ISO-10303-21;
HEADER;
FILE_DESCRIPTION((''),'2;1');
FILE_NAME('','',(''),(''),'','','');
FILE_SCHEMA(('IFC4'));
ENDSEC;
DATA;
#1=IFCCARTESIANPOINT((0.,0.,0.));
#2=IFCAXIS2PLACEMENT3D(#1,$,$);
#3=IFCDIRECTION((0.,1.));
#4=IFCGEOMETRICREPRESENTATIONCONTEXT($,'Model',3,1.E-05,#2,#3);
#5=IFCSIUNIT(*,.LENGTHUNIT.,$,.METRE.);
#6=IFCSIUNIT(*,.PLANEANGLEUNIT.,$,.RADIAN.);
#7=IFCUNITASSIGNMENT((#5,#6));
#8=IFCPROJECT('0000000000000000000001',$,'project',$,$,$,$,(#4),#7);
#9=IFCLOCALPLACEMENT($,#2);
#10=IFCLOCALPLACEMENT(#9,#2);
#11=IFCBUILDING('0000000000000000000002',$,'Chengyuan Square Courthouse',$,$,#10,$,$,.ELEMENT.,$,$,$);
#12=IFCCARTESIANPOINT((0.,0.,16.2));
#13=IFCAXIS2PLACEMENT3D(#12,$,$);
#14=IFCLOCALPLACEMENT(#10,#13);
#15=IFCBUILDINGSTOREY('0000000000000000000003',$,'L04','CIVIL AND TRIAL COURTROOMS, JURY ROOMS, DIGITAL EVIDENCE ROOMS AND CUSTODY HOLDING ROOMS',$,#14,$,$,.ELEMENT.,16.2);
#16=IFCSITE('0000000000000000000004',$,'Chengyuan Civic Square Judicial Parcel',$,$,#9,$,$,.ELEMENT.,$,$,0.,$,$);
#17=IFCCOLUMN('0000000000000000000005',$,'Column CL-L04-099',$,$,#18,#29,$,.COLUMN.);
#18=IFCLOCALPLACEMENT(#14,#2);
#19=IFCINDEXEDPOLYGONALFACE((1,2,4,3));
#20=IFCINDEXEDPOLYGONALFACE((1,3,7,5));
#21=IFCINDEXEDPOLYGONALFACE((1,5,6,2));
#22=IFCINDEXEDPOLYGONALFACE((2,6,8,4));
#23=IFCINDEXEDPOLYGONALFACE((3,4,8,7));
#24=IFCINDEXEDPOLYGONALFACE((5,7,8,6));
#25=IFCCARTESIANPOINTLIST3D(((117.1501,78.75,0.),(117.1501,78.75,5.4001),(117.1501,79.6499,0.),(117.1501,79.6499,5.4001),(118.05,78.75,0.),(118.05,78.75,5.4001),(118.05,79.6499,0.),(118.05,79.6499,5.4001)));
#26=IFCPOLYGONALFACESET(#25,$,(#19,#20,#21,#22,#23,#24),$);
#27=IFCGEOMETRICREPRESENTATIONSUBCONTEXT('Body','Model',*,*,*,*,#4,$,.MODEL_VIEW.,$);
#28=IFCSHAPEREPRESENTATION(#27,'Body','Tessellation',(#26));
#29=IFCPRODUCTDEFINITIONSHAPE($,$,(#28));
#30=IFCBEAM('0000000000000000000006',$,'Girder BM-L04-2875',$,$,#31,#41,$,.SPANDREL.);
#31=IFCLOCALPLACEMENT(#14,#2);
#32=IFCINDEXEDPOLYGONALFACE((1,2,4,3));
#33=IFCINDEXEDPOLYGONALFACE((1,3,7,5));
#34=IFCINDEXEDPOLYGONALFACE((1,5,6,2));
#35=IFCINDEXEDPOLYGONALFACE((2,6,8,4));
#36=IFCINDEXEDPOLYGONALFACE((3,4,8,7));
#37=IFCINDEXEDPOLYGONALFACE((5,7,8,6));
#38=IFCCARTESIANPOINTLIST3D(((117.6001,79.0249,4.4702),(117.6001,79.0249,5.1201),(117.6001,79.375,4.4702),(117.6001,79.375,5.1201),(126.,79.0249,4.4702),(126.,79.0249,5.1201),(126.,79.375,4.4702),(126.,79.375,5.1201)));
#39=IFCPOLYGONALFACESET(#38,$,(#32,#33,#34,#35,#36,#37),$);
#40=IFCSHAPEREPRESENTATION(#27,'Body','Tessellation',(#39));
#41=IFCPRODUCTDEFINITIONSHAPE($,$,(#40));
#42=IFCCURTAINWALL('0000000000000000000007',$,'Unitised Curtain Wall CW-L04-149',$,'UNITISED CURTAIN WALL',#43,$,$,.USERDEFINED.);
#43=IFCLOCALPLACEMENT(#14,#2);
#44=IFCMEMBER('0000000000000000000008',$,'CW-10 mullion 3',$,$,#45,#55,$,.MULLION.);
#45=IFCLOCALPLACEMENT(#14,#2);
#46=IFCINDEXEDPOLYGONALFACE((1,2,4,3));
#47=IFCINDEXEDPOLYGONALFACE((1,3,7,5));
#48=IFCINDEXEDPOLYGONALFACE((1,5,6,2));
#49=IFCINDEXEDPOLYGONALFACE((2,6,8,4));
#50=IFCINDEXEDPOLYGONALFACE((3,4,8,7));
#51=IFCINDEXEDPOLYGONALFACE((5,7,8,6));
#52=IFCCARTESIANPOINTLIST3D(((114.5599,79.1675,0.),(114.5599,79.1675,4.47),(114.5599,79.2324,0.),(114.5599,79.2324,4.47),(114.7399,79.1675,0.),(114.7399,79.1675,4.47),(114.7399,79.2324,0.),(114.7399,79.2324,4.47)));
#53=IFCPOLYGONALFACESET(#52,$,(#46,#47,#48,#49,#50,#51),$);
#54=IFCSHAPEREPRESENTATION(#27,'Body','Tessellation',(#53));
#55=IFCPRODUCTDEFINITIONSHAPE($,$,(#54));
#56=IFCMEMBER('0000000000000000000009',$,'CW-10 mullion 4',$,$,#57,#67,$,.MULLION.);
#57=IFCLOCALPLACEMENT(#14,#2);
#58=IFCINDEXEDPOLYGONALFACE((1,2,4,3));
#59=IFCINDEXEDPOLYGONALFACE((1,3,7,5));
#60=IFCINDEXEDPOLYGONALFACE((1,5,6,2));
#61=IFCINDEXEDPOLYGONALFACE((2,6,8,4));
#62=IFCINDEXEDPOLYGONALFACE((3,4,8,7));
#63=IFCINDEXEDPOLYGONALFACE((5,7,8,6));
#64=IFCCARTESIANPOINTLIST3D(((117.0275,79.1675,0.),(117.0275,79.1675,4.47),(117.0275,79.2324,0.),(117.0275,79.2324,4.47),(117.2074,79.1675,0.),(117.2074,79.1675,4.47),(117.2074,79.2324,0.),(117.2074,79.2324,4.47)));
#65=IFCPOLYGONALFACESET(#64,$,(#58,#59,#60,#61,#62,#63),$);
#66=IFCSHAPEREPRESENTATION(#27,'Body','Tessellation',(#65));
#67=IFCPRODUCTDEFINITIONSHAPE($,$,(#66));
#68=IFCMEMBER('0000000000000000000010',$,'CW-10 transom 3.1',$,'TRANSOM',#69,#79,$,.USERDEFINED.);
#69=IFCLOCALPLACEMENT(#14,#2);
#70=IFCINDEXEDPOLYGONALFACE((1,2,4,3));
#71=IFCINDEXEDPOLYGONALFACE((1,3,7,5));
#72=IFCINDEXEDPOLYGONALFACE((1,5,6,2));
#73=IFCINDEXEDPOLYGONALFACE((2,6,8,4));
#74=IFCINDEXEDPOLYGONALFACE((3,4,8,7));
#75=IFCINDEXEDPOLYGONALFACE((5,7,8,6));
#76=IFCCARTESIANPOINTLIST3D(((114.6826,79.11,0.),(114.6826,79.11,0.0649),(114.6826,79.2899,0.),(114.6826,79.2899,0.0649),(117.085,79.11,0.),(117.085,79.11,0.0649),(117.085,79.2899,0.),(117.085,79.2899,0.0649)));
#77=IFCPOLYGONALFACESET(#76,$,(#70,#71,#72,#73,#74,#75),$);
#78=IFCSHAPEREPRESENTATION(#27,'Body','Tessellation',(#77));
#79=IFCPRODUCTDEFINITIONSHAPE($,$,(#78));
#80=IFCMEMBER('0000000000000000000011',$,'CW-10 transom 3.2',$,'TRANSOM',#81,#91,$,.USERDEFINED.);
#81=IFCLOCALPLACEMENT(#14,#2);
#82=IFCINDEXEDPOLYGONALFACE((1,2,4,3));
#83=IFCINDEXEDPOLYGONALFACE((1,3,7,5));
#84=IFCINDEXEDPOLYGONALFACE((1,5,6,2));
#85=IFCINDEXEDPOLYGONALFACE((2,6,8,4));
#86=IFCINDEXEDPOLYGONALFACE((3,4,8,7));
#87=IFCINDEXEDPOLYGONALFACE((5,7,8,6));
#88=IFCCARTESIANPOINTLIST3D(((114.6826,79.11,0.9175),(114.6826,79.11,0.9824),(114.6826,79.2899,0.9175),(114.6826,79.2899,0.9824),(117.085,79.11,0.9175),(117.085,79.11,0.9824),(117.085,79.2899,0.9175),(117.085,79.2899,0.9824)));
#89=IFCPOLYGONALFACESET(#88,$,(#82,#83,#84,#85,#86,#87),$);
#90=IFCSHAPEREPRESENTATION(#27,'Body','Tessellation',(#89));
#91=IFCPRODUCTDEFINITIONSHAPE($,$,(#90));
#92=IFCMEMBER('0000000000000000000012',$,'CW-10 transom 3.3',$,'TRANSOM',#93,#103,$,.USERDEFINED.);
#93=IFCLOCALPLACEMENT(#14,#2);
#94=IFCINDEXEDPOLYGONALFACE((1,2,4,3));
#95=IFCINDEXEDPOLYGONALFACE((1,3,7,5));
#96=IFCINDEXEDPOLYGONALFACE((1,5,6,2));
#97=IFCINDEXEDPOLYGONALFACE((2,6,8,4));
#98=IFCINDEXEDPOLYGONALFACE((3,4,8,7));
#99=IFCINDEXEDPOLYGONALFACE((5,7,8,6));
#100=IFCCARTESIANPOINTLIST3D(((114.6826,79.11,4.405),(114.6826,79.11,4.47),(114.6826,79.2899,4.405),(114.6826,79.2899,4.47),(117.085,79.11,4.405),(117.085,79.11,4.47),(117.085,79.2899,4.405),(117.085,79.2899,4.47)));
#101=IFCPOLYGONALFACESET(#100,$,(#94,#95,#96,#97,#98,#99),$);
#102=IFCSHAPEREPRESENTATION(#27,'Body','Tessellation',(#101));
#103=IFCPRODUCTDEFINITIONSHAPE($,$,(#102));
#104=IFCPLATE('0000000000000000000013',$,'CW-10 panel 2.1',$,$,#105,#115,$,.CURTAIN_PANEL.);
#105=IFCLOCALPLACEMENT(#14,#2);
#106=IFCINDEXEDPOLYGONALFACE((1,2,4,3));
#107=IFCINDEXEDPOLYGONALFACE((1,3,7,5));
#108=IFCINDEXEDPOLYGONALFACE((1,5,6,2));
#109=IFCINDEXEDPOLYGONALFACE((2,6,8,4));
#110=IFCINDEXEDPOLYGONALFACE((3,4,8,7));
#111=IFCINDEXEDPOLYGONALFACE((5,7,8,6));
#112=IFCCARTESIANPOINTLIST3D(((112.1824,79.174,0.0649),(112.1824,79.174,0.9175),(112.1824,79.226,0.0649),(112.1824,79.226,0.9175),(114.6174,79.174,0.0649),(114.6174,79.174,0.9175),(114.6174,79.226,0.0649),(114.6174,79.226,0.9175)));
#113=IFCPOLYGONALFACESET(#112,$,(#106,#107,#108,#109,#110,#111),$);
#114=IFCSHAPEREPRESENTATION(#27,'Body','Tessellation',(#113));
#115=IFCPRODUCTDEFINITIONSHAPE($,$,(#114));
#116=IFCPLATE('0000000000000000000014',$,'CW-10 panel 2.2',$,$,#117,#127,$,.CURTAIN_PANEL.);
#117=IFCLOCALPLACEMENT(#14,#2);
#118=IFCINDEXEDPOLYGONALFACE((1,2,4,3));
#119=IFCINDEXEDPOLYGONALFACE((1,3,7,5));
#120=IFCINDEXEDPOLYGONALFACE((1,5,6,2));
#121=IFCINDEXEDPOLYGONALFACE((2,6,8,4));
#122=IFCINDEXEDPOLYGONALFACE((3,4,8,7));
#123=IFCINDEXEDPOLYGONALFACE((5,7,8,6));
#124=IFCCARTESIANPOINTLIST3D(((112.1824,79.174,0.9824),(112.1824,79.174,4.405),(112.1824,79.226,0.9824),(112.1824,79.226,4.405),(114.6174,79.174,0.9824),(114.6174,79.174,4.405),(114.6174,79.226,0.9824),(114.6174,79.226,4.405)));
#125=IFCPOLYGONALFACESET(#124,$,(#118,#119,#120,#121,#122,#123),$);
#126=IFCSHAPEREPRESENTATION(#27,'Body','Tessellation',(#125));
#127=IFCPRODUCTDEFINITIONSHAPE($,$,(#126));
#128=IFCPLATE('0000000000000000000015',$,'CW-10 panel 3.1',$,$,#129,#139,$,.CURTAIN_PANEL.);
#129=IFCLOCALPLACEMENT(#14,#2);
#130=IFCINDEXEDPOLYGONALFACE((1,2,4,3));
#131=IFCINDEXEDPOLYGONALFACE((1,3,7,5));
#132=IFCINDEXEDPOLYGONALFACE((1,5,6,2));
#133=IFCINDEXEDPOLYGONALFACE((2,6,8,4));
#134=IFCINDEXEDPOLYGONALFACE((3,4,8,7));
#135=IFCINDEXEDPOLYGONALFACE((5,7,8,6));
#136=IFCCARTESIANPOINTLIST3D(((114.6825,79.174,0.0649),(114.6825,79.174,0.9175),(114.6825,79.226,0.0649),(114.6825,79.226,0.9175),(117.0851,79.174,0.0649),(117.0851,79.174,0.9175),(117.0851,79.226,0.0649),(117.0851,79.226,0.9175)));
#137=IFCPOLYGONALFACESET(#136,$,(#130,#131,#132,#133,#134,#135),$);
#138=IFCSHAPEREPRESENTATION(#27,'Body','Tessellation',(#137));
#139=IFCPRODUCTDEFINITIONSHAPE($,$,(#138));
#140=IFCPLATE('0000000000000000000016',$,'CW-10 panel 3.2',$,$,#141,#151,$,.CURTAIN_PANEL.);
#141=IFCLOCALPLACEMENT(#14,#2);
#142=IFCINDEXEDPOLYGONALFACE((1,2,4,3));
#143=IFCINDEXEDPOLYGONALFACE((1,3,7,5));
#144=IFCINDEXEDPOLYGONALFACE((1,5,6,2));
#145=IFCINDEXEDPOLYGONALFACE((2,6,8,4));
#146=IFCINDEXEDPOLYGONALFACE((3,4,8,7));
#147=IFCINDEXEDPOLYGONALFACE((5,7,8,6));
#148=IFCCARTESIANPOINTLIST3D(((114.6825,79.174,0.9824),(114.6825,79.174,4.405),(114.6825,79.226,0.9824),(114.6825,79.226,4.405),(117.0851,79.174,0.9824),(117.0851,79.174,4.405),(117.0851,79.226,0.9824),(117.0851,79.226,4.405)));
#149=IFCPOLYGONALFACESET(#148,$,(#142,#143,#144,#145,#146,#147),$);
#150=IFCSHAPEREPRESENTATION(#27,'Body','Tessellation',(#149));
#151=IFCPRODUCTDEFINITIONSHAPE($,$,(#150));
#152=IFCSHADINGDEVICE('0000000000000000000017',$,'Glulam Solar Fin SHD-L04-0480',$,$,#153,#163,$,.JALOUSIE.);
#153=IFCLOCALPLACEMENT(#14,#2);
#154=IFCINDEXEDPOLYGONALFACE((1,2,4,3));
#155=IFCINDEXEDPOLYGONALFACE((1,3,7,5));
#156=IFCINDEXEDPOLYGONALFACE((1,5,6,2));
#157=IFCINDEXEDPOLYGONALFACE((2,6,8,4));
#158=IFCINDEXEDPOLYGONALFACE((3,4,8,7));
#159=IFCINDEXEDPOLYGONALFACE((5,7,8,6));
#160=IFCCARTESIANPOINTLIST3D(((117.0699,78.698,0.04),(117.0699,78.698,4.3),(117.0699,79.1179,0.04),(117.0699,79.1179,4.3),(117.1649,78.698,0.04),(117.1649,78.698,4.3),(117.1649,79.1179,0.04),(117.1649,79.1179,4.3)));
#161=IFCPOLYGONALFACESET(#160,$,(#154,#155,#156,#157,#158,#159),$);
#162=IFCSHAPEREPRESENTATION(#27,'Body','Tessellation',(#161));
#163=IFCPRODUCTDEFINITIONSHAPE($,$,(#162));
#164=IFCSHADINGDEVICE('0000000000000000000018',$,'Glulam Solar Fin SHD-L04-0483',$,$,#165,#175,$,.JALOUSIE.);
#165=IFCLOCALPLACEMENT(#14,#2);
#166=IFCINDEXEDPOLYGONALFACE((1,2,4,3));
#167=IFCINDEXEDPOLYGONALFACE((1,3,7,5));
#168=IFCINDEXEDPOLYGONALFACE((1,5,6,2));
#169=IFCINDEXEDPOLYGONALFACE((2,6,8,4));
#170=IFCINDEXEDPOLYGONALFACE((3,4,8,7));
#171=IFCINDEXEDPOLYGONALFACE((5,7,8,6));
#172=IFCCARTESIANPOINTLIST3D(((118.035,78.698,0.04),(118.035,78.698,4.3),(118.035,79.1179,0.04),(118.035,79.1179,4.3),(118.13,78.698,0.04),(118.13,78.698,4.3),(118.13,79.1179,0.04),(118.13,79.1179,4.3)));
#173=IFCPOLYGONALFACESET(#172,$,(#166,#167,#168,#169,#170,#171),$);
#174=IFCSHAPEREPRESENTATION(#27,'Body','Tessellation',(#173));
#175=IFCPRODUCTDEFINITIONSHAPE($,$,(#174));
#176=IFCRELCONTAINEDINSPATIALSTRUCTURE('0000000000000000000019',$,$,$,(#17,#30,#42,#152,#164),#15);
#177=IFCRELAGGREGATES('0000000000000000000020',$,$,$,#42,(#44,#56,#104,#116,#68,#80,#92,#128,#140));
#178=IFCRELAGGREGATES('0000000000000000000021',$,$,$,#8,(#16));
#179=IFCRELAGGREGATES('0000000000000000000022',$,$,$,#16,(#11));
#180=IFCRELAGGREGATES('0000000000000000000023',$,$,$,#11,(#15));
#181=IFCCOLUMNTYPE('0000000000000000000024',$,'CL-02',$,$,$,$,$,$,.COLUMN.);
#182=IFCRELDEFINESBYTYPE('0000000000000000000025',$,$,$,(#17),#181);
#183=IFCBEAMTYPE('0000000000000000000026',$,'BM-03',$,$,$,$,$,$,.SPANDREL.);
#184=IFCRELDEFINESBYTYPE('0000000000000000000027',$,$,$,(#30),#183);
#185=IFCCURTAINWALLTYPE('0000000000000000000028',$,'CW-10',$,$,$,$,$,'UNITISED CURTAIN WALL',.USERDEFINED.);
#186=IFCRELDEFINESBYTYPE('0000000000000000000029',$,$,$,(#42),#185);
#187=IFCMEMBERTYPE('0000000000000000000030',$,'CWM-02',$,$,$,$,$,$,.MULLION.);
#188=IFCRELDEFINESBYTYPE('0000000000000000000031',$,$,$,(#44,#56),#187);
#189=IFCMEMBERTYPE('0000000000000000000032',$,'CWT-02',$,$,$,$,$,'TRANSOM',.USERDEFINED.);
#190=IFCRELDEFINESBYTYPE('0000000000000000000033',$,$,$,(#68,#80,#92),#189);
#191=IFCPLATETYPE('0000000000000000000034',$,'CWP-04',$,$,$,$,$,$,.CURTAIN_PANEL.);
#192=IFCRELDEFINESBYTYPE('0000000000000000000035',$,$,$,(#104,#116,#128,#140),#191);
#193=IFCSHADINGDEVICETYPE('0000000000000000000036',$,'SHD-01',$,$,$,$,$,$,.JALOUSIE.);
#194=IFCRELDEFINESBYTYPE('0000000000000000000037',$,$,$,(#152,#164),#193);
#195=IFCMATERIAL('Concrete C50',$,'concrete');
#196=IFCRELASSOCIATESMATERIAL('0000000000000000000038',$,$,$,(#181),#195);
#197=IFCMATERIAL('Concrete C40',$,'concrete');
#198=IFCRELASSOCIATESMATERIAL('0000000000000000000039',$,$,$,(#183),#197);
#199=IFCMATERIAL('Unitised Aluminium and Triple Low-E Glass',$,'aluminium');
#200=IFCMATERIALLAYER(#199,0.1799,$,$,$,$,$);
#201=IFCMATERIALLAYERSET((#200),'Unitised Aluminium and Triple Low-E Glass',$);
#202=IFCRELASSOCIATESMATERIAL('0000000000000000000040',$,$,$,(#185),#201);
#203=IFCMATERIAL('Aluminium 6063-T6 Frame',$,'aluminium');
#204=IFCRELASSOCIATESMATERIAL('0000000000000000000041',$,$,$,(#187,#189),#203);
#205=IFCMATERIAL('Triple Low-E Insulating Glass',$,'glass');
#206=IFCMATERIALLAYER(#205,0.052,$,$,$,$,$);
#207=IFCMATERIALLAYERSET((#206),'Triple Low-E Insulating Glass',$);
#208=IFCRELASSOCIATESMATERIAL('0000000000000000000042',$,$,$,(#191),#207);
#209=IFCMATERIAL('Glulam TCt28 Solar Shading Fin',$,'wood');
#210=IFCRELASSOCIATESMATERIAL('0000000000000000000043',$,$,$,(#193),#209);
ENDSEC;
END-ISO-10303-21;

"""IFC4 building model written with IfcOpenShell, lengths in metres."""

from ifc_helpers import new_model, si_unit, direction, frame, origin, origin_2d, place, context, subcontext, project, spatial, rectangle, extrude, material, layer, layer_set, material_profile, profile_set, type_object, element, aggregate, save


model = new_model("IFC4")

# Units and contexts
model_context = context("Model", 3, precision=1e-05, world=origin(), true_north=direction((0.0, 1.0)))
body_context = subcontext(model_context, "Body", "Model", "MODEL_VIEW")
ifc_project = project(units=[si_unit("LENGTHUNIT", "METRE"), si_unit("PLANEANGLEUNIT", "RADIAN")], contexts=[model_context])

# Site, building, storey
site_placement = place(None, origin())
site = spatial("IfcSite", under=ifc_project, at=site_placement, Name="Chengyuan Civic Square Judicial Parcel", CompositionType="ELEMENT", RefElevation=0.0)
building_placement = place(site_placement, origin())
building = spatial("IfcBuilding", under=site, at=building_placement, Name="Chengyuan Square Courthouse", CompositionType="ELEMENT")
storey_placement = place(building_placement, frame((0.0, 0.0, 16.2)))
storey = spatial("IfcBuildingStorey", under=building, at=storey_placement, Name="L04", Description="CIVIL AND TRIAL COURTROOMS, JURY ROOMS, DIGITAL EVIDENCE ROOMS AND CUSTODY HOLDING ROOMS", CompositionType="ELEMENT", Elevation=16.2)

# Column
ifc_material_1 = material(Name="Concrete C50", Category="concrete")
ifc_material_profile_1 = material_profile(ifc_material_1, rectangle(XDim=0.8999, YDim=0.8999, at=origin_2d()), Name="RC-COL-900x900")
ifc_profile_set_1 = profile_set([ifc_material_profile_1], Name="Concrete C50")
column_type = type_object("IfcColumnType", Name="CL-02", PredefinedType="COLUMN", material=ifc_profile_set_1)
column_placement = place(storey_placement, frame((117.6001, 79.2, 0.0), z_axis=(0.0, 0.0, 1.0), x_axis=(1.0, 0.0, 0.0)))
element("IfcColumn", 1, at=column_placement, inside=storey, type_object=column_type, Name="Column CL-L04-099", PredefinedType="COLUMN", context=body_context, shape_type="SweptSolid", body=[
    extrude(rectangle(XDim=0.8999, YDim=0.8999, at=origin_2d()), origin(), (0.0, 0.0, 1.0), 5.4001),
])

# Beam
ifc_material_2 = material(Name="Concrete C40", Category="concrete")
ifc_material_profile_2 = material_profile(ifc_material_2, rectangle(XDim=0.3501, YDim=0.6499, at=origin_2d()), Name="RC-BM-350x650")
ifc_profile_set_2 = profile_set([ifc_material_profile_2], Name="Concrete C40")
beam_type = type_object("IfcBeamType", Name="BM-03", PredefinedType="SPANDREL", material=ifc_profile_set_2)
beam_placement = place(storey_placement, frame((117.6001, 79.2, 4.7952), z_axis=(1.0, 0.0, 0.0), x_axis=(0.0, 1.0, 0.0)))
element("IfcBeam", 2, at=beam_placement, inside=storey, type_object=beam_type, Name="Girder BM-L04-2875", PredefinedType="SPANDREL", context=body_context, shape_type="SweptSolid", body=[
    extrude(rectangle(XDim=0.3501, YDim=0.6499, at=origin_2d()), origin(), (0.0, 0.0, 1.0), 8.3999),
])

# Curtain wall, members, plates
ifc_material_3 = material(Name="Unitised Aluminium and Triple Low-E Glass", Category="aluminium")
ifc_layer_1 = layer(ifc_material_3, 0.1799)
ifc_layer_set_1 = layer_set([ifc_layer_1], Name="Unitised Aluminium and Triple Low-E Glass")
curtain_wall_type = type_object("IfcCurtainWallType", Name="CW-10", ElementType="UNITISED CURTAIN WALL", PredefinedType="USERDEFINED", material=ifc_layer_set_1)
curtain_wall_placement = place(storey_placement, origin())
curtain_wall = element("IfcCurtainWall", 3, at=curtain_wall_placement, inside=storey, type_object=curtain_wall_type, Name="Unitised Curtain Wall CW-L04-149", ObjectType="UNITISED CURTAIN WALL", PredefinedType="USERDEFINED")
ifc_material_4 = material(Name="Aluminium 6063-T6 Frame", Category="aluminium")
ifc_material_profile_3 = material_profile(ifc_material_4, rectangle(XDim=0.0649, YDim=0.1799, at=origin_2d()), Name="CW-MUL-65x180")
ifc_profile_set_3 = profile_set([ifc_material_profile_3], Name="Aluminium 6063-T6 Frame")
member_type_1 = type_object("IfcMemberType", Name="CWM-02", PredefinedType="MULLION", material=ifc_profile_set_3)
member_1_placement = place(storey_placement, frame((114.6499, 79.2, 0.0), z_axis=(0.0, 0.0, 1.0), x_axis=(0.0, 1.0, 0.0)))
member_1 = element("IfcMember", 4, at=member_1_placement, type_object=member_type_1, Name="CW-10 mullion 3", PredefinedType="MULLION", context=body_context, shape_type="SweptSolid", body=[
    extrude(rectangle(XDim=0.0649, YDim=0.1799, at=origin_2d()), origin(), (0.0, 0.0, 1.0), 4.47),
])
member_2_placement = place(storey_placement, frame((117.1174, 79.2, 0.0), z_axis=(0.0, 0.0, 1.0), x_axis=(0.0, 1.0, 0.0)))
member_2 = element("IfcMember", 5, at=member_2_placement, type_object=member_type_1, Name="CW-10 mullion 4", PredefinedType="MULLION", context=body_context, shape_type="SweptSolid", body=[
    extrude(rectangle(XDim=0.0649, YDim=0.1799, at=origin_2d()), origin(), (0.0, 0.0, 1.0), 4.47),
])
ifc_material_profile_4 = material_profile(ifc_material_4, rectangle(XDim=0.1799, YDim=0.0649, at=origin_2d()), Name="CW-TRN-65x140")
ifc_profile_set_4 = profile_set([ifc_material_profile_4], Name="Aluminium 6063-T6 Frame")
member_type_2 = type_object("IfcMemberType", Name="CWT-02", ElementType="TRANSOM", PredefinedType="USERDEFINED", material=ifc_profile_set_4)
member_3_placement = place(storey_placement, frame((114.6826, 79.2, 0.0325), z_axis=(1.0, 0.0, 0.0), x_axis=(0.0, 1.0, 0.0)))
member_3 = element("IfcMember", 6, at=member_3_placement, type_object=member_type_2, Name="CW-10 transom 3.1", ObjectType="TRANSOM", PredefinedType="USERDEFINED", context=body_context, shape_type="SweptSolid", body=[
    extrude(rectangle(XDim=0.1799, YDim=0.0649, at=origin_2d()), origin(), (0.0, 0.0, 1.0), 2.4023),
])
member_4_placement = place(storey_placement, frame((114.6826, 79.2, 0.95), z_axis=(1.0, 0.0, 0.0), x_axis=(0.0, 1.0, 0.0)))
member_4 = element("IfcMember", 7, at=member_4_placement, type_object=member_type_2, Name="CW-10 transom 3.2", ObjectType="TRANSOM", PredefinedType="USERDEFINED", context=body_context, shape_type="SweptSolid", body=[
    extrude(rectangle(XDim=0.1799, YDim=0.0649, at=origin_2d()), origin(), (0.0, 0.0, 1.0), 2.4023),
])
member_5_placement = place(storey_placement, frame((114.6826, 79.2, 4.4375), z_axis=(1.0, 0.0, 0.0), x_axis=(0.0, 1.0, 0.0)))
member_5 = element("IfcMember", 8, at=member_5_placement, type_object=member_type_2, Name="CW-10 transom 3.3", ObjectType="TRANSOM", PredefinedType="USERDEFINED", context=body_context, shape_type="SweptSolid", body=[
    extrude(rectangle(XDim=0.1799, YDim=0.0649, at=origin_2d()), origin(), (0.0, 0.0, 1.0), 2.4023),
])
ifc_material_5 = material(Name="Triple Low-E Insulating Glass", Category="glass")
ifc_layer_2 = layer(ifc_material_5, 0.052)
ifc_layer_set_2 = layer_set([ifc_layer_2], Name="Triple Low-E Insulating Glass")
plate_type = type_object("IfcPlateType", Name="CWP-04", PredefinedType="CURTAIN_PANEL", material=ifc_layer_set_2)
plate_1_placement = place(storey_placement, frame((113.3999, 79.2, 0.0649), z_axis=(0.0, 0.0, 1.0), x_axis=(1.0, 0.0, 0.0)))
plate_1 = element("IfcPlate", 9, at=plate_1_placement, type_object=plate_type, Name="CW-10 panel 2.1", PredefinedType="CURTAIN_PANEL", context=body_context, shape_type="SweptSolid", body=[
    extrude(rectangle(XDim=2.4351, YDim=0.052, at=origin_2d()), origin(), (0.0, 0.0, 1.0), 0.8525),
])
plate_2_placement = place(storey_placement, frame((113.3999, 79.2, 0.9824), z_axis=(0.0, 0.0, 1.0), x_axis=(1.0, 0.0, 0.0)))
plate_2 = element("IfcPlate", 10, at=plate_2_placement, type_object=plate_type, Name="CW-10 panel 2.2", PredefinedType="CURTAIN_PANEL", context=body_context, shape_type="SweptSolid", body=[
    extrude(rectangle(XDim=2.4351, YDim=0.052, at=origin_2d()), origin(), (0.0, 0.0, 1.0), 3.4226),
])
plate_3_placement = place(storey_placement, frame((115.8838, 79.2, 0.0649), z_axis=(0.0, 0.0, 1.0), x_axis=(1.0, 0.0, 0.0)))
plate_3 = element("IfcPlate", 11, at=plate_3_placement, type_object=plate_type, Name="CW-10 panel 3.1", PredefinedType="CURTAIN_PANEL", context=body_context, shape_type="SweptSolid", body=[
    extrude(rectangle(XDim=2.4026, YDim=0.052, at=origin_2d()), origin(), (0.0, 0.0, 1.0), 0.8525),
])
plate_4_placement = place(storey_placement, frame((115.8838, 79.2, 0.9824), z_axis=(0.0, 0.0, 1.0), x_axis=(1.0, 0.0, 0.0)))
plate_4 = element("IfcPlate", 12, at=plate_4_placement, type_object=plate_type, Name="CW-10 panel 3.2", PredefinedType="CURTAIN_PANEL", context=body_context, shape_type="SweptSolid", body=[
    extrude(rectangle(XDim=2.4026, YDim=0.052, at=origin_2d()), origin(), (0.0, 0.0, 1.0), 3.4226),
])
aggregate(curtain_wall, [member_1, member_2, plate_1, plate_2, member_3, member_4, member_5, plate_3, plate_4])

# Shading devices
ifc_material_6 = material(Name="Glulam TCt28 Solar Shading Fin", Category="wood")
shading_device_type = type_object("IfcShadingDeviceType", Name="SHD-01", PredefinedType="JALOUSIE", material=ifc_material_6)
for number, where, z_axis, x_axis, name in (
    (13, (117.1174, 78.908, 0.04), (0.0, 0.0, 1.0), (0.0, 1.0, 0.0), "Glulam Solar Fin SHD-L04-0480"),
    (14, (118.0825, 78.908, 0.04), (0.0, 0.0, 1.0), (0.0, 1.0, 0.0), "Glulam Solar Fin SHD-L04-0483"),
):
    element("IfcShadingDevice", number, at=place(storey_placement, frame(where, z_axis=z_axis, x_axis=x_axis)), inside=storey, type_object=shading_device_type, Name=name, PredefinedType="JALOUSIE", context=body_context, shape_type="SweptSolid", body=[
        extrude(rectangle(XDim=0.4199, YDim=0.095, at=origin_2d()), origin(), (0.0, 0.0, 1.0), 4.26),
    ])

save(model, "model.ifc")
